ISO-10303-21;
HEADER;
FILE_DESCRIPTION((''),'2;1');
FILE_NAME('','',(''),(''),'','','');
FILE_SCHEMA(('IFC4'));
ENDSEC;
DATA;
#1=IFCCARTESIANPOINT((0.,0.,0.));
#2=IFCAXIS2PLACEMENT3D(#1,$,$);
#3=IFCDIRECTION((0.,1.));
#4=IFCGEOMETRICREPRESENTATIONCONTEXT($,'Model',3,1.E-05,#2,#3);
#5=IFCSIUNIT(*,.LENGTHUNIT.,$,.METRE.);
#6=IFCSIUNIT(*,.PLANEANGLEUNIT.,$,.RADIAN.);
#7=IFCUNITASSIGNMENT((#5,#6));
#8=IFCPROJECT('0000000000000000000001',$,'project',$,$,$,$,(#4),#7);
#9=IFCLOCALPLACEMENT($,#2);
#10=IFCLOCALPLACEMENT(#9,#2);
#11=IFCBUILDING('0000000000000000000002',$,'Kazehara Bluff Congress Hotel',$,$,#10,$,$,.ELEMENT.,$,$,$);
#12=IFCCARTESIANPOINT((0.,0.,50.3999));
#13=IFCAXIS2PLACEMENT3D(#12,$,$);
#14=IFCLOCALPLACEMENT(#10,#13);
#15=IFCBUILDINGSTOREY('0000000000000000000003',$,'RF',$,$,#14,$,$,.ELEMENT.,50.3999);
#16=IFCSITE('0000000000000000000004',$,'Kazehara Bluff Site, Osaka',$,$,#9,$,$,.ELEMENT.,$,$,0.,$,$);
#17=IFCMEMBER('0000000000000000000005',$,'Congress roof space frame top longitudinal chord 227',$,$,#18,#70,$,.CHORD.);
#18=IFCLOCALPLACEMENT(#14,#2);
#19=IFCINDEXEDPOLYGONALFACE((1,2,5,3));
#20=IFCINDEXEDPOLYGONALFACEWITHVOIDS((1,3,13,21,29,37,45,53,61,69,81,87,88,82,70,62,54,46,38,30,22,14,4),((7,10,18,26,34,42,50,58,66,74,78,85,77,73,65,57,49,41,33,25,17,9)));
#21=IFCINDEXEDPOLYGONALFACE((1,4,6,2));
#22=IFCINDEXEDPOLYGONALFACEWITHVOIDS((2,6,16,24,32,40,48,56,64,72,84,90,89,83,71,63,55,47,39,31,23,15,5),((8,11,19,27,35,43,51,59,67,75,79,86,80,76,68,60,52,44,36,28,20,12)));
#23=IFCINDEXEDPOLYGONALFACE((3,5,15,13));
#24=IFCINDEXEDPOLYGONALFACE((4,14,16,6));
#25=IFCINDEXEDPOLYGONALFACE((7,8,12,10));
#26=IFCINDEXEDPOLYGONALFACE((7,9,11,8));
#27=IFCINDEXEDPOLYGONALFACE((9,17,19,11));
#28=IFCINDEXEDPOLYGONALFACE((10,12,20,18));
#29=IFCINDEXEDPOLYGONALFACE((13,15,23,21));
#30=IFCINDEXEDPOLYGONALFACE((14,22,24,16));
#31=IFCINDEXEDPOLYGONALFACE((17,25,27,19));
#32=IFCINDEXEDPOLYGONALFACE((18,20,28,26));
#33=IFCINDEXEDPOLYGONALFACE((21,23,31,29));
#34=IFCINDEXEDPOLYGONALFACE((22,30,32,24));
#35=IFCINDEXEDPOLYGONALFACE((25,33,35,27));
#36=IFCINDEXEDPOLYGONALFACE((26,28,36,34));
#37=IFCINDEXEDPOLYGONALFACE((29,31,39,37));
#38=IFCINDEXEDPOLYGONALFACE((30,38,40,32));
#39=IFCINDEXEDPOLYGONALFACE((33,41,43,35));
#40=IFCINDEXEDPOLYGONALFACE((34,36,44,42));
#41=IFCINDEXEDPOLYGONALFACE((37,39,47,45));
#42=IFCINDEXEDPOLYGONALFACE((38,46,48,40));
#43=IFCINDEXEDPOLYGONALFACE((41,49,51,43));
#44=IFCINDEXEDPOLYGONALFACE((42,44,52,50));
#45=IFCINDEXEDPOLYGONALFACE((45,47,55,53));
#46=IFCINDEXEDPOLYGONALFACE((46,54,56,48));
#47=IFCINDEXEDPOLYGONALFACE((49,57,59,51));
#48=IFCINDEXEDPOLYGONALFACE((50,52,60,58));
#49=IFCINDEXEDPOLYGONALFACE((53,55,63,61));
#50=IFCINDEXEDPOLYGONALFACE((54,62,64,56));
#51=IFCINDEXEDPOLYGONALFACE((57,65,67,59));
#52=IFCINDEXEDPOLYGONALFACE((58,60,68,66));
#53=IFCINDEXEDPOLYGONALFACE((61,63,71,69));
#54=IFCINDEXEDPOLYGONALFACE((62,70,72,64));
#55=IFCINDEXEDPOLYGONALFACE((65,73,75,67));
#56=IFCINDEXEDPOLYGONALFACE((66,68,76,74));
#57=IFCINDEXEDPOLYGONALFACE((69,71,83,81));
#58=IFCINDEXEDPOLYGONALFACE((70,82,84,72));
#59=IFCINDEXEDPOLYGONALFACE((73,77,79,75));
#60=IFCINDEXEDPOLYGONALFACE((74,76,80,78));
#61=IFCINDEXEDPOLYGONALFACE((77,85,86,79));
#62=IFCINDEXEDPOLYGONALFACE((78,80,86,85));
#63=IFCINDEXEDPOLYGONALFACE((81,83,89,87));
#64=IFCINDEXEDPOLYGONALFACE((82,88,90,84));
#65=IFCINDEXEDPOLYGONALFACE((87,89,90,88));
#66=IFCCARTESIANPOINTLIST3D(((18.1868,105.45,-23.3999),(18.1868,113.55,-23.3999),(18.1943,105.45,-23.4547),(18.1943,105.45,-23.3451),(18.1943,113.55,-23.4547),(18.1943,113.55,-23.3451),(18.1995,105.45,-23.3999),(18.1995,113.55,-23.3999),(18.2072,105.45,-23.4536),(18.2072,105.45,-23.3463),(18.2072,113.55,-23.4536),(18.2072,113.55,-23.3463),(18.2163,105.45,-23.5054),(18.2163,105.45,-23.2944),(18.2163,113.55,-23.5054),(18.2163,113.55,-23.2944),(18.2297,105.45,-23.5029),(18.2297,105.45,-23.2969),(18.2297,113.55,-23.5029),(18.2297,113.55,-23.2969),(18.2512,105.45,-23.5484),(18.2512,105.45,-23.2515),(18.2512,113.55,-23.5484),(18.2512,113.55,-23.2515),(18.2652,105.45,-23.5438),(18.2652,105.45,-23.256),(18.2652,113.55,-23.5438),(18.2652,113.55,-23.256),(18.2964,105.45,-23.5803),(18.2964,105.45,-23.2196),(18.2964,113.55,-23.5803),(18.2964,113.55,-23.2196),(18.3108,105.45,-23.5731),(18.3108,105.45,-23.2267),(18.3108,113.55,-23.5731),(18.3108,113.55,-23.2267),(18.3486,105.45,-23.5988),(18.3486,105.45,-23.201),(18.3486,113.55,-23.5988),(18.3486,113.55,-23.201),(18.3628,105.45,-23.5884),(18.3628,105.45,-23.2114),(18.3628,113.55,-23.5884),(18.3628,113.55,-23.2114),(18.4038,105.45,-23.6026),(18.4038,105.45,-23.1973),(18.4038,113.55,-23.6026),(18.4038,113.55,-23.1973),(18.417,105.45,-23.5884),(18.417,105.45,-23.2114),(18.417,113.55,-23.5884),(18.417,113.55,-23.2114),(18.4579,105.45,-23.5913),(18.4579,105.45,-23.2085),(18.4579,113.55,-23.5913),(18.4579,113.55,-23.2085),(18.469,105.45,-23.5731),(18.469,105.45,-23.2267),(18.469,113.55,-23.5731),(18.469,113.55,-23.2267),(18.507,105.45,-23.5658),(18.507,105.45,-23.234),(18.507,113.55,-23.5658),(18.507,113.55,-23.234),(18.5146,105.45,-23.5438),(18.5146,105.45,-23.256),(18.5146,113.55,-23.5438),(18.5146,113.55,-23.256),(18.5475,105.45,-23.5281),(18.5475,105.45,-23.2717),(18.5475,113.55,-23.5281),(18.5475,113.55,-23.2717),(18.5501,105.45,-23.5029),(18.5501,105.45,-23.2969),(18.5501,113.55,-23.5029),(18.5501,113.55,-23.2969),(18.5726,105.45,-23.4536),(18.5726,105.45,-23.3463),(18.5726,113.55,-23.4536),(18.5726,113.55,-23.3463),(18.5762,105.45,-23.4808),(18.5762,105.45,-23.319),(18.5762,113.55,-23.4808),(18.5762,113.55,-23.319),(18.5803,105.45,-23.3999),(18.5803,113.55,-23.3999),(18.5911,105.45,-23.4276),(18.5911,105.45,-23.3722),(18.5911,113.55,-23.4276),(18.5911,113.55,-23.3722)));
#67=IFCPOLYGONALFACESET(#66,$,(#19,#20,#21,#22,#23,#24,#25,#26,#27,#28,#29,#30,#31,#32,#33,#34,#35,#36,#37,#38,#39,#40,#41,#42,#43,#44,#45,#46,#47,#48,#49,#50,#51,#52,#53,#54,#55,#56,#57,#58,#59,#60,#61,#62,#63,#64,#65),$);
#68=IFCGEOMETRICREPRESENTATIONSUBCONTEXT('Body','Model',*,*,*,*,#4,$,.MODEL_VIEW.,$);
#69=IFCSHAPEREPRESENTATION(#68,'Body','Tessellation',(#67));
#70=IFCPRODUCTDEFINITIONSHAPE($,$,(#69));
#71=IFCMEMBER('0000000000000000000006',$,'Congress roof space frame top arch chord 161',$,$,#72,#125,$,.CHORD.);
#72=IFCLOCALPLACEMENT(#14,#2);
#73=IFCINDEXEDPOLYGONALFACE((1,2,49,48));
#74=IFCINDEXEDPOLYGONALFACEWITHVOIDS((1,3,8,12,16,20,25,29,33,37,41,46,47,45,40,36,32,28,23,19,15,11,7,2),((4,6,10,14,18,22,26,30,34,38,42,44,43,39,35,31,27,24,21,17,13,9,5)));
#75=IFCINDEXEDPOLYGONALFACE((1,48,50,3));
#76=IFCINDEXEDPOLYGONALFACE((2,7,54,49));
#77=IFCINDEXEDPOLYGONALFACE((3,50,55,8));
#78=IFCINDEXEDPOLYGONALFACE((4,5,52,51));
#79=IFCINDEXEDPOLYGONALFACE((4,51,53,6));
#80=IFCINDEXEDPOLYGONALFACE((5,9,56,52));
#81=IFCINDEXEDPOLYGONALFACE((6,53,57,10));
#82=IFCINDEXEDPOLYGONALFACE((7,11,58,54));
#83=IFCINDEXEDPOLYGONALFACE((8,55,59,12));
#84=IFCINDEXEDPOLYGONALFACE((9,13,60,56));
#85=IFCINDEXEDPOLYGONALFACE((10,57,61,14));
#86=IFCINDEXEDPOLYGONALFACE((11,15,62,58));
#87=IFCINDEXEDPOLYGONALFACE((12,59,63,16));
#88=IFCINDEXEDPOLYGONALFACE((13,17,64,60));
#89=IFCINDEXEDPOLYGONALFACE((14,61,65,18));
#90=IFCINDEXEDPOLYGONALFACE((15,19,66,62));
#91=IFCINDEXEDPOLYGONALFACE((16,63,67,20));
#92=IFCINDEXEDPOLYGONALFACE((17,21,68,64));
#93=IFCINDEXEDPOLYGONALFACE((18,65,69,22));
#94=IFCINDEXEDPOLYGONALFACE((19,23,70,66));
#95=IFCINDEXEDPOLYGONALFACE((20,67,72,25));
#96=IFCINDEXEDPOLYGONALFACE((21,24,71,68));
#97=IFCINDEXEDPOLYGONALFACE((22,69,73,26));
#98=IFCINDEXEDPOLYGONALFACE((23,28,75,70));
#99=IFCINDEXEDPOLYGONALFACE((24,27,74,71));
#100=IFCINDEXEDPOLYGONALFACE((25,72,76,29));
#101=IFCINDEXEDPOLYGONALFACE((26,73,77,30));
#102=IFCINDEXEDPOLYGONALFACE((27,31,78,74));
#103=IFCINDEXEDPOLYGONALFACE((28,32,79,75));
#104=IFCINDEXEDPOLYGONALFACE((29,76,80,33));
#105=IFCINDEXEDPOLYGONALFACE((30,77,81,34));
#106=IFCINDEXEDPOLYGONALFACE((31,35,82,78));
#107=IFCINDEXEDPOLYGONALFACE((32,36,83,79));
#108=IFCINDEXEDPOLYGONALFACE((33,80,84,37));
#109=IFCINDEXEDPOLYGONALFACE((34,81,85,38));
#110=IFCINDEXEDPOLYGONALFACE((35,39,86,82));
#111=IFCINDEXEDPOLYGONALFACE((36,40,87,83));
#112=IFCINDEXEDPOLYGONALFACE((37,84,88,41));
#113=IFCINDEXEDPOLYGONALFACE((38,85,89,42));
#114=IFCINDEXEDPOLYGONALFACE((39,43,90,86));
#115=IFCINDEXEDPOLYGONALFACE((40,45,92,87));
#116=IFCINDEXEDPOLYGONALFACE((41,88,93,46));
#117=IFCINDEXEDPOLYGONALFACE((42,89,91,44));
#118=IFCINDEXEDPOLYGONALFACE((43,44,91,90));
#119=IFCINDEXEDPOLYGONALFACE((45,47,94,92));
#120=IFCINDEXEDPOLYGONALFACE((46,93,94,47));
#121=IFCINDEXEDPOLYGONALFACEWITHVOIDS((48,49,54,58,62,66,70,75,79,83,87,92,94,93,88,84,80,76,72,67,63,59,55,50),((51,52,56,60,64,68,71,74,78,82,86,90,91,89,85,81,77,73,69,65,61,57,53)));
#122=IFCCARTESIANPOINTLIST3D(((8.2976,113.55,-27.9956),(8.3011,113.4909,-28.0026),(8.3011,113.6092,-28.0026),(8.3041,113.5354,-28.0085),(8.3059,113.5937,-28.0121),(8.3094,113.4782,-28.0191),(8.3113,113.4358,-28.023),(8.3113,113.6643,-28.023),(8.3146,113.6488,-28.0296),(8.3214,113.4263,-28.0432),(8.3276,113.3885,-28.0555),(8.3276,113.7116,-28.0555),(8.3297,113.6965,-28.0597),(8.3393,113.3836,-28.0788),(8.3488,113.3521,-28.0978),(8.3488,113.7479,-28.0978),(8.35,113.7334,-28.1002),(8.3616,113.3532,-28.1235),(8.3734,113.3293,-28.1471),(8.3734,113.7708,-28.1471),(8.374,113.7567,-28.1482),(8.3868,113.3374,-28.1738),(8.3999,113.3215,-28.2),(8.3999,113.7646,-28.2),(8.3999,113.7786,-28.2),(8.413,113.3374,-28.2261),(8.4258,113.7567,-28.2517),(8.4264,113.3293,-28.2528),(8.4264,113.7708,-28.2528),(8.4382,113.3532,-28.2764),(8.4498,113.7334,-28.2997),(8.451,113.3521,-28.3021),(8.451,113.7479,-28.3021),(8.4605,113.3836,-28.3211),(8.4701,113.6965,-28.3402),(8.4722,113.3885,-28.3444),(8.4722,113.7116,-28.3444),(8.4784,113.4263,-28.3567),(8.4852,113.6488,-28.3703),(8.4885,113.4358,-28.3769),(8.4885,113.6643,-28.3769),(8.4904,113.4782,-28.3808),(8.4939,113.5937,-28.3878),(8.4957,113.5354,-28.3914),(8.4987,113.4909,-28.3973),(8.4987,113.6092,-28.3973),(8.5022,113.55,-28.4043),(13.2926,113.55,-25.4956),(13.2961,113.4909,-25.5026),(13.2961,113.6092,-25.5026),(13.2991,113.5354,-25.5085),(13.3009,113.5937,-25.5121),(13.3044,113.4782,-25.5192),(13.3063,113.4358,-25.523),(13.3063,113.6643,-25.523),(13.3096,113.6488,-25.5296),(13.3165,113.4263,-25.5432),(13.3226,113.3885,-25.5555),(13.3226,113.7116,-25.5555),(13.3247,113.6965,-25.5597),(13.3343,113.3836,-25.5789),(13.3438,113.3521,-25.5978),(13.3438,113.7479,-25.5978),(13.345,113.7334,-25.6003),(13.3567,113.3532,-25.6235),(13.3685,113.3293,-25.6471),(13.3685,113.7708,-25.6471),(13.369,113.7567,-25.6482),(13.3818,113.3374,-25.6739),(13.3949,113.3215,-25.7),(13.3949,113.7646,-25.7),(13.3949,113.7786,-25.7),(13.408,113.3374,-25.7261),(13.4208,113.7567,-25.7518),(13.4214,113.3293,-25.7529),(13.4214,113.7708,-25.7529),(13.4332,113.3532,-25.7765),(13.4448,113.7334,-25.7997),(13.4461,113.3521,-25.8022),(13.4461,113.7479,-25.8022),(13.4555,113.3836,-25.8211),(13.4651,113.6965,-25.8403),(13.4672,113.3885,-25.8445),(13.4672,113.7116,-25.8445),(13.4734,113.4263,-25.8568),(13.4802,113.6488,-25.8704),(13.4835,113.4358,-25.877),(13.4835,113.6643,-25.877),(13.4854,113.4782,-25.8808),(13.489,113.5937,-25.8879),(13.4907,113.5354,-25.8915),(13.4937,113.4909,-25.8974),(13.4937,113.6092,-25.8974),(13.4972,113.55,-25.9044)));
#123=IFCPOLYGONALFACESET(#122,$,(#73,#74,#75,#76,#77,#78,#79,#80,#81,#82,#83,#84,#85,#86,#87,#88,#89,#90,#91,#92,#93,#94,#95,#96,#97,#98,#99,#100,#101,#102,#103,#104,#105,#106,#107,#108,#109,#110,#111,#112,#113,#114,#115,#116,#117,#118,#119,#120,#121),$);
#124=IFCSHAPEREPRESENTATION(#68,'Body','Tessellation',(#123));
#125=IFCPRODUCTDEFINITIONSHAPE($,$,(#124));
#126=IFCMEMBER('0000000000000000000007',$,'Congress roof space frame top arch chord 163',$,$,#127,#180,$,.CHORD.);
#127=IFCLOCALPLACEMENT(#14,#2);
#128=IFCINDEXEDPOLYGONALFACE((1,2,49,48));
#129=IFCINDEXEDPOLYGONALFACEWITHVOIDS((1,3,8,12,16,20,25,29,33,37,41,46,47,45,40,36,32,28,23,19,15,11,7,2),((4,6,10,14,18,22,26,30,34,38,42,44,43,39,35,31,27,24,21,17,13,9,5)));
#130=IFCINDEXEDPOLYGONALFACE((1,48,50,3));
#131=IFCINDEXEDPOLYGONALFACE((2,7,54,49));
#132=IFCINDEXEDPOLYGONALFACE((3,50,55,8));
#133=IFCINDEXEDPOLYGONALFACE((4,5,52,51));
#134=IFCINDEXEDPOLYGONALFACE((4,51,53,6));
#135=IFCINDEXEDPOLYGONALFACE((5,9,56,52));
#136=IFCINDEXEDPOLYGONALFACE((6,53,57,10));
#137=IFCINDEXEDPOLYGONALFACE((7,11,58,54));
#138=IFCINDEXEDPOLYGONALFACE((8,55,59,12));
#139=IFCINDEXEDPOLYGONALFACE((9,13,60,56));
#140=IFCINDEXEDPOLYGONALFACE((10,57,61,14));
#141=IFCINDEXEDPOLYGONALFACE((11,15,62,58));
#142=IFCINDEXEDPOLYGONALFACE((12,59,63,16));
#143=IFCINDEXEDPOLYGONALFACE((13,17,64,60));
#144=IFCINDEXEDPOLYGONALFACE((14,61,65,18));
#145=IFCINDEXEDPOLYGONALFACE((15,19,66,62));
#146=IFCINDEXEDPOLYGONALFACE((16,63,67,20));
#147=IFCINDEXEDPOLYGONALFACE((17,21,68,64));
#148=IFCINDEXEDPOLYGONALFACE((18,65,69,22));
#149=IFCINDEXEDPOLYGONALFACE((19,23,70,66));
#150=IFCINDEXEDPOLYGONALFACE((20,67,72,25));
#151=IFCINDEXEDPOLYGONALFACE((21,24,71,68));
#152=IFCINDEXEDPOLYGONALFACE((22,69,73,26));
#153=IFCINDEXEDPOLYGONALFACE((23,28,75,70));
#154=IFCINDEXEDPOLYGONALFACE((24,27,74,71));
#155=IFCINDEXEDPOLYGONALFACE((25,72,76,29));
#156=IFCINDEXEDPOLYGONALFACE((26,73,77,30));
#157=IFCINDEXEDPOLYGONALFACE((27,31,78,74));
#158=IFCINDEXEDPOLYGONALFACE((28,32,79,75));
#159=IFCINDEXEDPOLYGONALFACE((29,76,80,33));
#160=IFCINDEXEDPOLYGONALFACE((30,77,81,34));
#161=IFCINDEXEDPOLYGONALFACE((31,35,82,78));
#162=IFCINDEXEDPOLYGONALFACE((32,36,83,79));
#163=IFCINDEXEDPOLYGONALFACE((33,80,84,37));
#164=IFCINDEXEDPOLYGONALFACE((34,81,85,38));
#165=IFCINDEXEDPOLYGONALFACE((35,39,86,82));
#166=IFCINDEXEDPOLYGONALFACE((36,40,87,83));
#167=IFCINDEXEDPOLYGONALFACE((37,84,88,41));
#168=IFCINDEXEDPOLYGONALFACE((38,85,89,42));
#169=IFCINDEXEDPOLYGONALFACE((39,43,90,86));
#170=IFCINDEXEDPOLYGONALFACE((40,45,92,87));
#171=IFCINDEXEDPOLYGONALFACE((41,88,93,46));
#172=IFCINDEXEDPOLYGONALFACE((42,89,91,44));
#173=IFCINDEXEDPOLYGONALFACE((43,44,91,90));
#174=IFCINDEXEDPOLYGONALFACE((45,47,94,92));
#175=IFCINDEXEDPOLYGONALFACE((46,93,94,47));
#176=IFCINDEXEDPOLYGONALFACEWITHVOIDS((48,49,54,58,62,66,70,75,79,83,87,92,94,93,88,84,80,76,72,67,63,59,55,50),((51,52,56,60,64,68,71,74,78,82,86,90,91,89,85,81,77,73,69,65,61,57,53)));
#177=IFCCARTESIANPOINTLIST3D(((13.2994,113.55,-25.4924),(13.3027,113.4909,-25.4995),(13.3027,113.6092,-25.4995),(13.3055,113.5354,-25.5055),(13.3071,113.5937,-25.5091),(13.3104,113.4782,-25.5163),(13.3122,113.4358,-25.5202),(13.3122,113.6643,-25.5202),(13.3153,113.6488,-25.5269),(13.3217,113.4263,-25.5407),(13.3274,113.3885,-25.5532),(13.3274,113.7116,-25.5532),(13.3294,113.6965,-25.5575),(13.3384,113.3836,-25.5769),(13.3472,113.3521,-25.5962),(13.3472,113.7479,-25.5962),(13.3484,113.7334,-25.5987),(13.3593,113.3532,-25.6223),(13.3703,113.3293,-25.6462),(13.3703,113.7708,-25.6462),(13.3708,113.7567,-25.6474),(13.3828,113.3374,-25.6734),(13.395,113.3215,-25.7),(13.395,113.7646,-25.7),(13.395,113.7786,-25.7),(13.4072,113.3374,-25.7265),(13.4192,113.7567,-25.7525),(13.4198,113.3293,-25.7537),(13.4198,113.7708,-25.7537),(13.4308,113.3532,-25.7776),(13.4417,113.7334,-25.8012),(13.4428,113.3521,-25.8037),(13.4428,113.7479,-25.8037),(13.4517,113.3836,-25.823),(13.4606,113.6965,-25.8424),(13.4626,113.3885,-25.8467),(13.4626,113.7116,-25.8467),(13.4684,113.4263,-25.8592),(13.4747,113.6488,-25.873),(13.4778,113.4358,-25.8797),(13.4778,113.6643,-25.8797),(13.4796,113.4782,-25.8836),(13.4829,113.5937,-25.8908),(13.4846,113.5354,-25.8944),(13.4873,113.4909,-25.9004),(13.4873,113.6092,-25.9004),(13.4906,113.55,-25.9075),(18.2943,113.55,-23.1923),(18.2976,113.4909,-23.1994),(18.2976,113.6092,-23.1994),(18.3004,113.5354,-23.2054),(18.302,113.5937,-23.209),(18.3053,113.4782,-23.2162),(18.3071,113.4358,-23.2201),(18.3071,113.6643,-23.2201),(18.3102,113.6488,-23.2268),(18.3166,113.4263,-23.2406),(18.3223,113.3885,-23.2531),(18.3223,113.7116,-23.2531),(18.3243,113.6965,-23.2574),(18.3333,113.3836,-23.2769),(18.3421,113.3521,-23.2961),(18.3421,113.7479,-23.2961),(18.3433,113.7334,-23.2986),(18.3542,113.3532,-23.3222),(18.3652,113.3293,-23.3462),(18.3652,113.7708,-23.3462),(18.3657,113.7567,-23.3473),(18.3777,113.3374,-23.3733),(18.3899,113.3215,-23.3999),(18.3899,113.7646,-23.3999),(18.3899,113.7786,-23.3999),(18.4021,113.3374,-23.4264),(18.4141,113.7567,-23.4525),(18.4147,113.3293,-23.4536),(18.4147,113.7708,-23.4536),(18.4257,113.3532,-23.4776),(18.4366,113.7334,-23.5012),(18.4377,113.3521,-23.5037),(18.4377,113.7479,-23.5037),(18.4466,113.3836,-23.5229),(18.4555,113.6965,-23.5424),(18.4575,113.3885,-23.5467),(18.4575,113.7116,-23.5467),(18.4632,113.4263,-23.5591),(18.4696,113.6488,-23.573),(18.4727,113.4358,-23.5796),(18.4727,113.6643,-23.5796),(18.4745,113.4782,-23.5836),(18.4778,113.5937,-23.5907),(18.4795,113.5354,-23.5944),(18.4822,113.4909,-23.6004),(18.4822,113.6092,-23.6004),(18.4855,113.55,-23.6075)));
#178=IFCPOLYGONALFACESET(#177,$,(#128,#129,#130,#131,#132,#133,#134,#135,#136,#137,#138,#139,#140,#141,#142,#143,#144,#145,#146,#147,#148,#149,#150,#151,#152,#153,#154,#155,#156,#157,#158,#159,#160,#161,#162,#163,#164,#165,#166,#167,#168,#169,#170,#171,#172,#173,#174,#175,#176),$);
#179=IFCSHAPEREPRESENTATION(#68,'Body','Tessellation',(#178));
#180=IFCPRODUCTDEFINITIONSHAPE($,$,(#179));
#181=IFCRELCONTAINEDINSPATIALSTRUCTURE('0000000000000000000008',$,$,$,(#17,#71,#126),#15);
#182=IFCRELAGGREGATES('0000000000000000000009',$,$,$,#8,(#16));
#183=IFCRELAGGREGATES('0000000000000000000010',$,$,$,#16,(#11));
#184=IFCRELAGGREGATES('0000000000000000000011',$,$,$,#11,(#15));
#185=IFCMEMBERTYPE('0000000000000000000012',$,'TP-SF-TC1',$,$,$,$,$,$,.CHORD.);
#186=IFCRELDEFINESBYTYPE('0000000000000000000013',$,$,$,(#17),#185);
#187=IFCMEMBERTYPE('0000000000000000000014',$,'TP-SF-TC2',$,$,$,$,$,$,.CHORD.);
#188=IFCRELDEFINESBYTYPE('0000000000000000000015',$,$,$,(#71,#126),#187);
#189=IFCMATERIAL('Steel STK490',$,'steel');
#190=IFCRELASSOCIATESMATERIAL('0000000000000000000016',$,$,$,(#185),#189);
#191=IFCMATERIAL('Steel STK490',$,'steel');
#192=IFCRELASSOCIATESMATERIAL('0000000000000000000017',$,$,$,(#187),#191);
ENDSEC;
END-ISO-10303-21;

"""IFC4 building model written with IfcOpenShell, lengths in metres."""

from ifc_helpers import new_model, si_unit, direction, frame, origin, origin_2d, place, context, subcontext, project, spatial, hollow_circle, extrude, material, material_profile, profile_set, type_object, element, save


model = new_model("IFC4")

# Units and contexts
model_context = context("Model", 3, precision=1e-05, world=origin(), true_north=direction((0.0, 1.0)))
body_context = subcontext(model_context, "Body", "Model", "MODEL_VIEW")
ifc_project = project(units=[si_unit("LENGTHUNIT", "METRE"), si_unit("PLANEANGLEUNIT", "RADIAN")], contexts=[model_context])

# Site, building, storey
site_placement = place(None, origin())
site = spatial("IfcSite", under=ifc_project, at=site_placement, Name="Kazehara Bluff Site, Osaka", CompositionType="ELEMENT", RefElevation=0.0)
building_placement = place(site_placement, origin())
building = spatial("IfcBuilding", under=site, at=building_placement, Name="Kazehara Bluff Congress Hotel", CompositionType="ELEMENT")
storey_placement = place(building_placement, frame((0.0, 0.0, 50.3999)))
storey = spatial("IfcBuildingStorey", under=building, at=storey_placement, Name="RF", CompositionType="ELEMENT", Elevation=50.3999)

# Members
ifc_material_1 = material(Name="Steel STK490", Category="steel")
ifc_material_profile_1 = material_profile(ifc_material_1, hollow_circle(Radius=0.2031, WallThickness=0.0127, at=origin_2d()))
ifc_profile_set_1 = profile_set([ifc_material_profile_1], Name="Steel STK490")
member_type_1 = type_object("IfcMemberType", Name="TP-SF-TC1", PredefinedType="CHORD", material=ifc_profile_set_1)
member_1_placement = place(storey_placement, frame((18.3899, 105.45, -23.3999), z_axis=(0.0, 1.0, 0.0), x_axis=(-1.0, 0.0, 0.0)))
element("IfcMember", 1, at=member_1_placement, inside=storey, type_object=member_type_1, Name="Congress roof space frame top longitudinal chord 227", PredefinedType="CHORD", context=body_context, shape_type="SweptSolid", body=[
    extrude(hollow_circle(Radius=0.2031, WallThickness=0.0127, at=origin_2d()), origin(), (0.0, 0.0, 1.0), 8.1001),
])
ifc_material_2 = material(Name="Steel STK490", Category="steel")
ifc_material_profile_2 = material_profile(ifc_material_2, hollow_circle(Radius=0.2285, WallThickness=0.0139, at=origin_2d()))
ifc_profile_set_2 = profile_set([ifc_material_profile_2], Name="Steel STK490")
member_type_2 = type_object("IfcMemberType", Name="TP-SF-TC2", PredefinedType="CHORD", material=ifc_profile_set_2)
member_2_placement = place(storey_placement, frame((8.3999, 113.55, -28.2), z_axis=(0.894252, 0.0, 0.447563), x_axis=(0.0, 1.0, 0.0)))
element("IfcMember", 2, at=member_2_placement, inside=storey, type_object=member_type_2, Name="Congress roof space frame top arch chord 161", PredefinedType="CHORD", context=body_context, shape_type="SweptSolid", body=[
    extrude(hollow_circle(Radius=0.2285, WallThickness=0.0139, at=origin_2d()), origin(), (0.0, 0.0, 1.0), 5.5857),
])
member_3_placement = place(storey_placement, frame((13.395, 113.55, -25.7), z_axis=(0.908324, 0.0, 0.418267), x_axis=(0.0, 1.0, 0.0)))
element("IfcMember", 3, at=member_3_placement, inside=storey, type_object=member_type_2, Name="Congress roof space frame top arch chord 163", PredefinedType="CHORD", context=body_context, shape_type="SweptSolid", body=[
    extrude(hollow_circle(Radius=0.2285, WallThickness=0.0139, at=origin_2d()), origin(), (0.0, 0.0, 1.0), 5.499),
])

save(model, "model.ifc")
